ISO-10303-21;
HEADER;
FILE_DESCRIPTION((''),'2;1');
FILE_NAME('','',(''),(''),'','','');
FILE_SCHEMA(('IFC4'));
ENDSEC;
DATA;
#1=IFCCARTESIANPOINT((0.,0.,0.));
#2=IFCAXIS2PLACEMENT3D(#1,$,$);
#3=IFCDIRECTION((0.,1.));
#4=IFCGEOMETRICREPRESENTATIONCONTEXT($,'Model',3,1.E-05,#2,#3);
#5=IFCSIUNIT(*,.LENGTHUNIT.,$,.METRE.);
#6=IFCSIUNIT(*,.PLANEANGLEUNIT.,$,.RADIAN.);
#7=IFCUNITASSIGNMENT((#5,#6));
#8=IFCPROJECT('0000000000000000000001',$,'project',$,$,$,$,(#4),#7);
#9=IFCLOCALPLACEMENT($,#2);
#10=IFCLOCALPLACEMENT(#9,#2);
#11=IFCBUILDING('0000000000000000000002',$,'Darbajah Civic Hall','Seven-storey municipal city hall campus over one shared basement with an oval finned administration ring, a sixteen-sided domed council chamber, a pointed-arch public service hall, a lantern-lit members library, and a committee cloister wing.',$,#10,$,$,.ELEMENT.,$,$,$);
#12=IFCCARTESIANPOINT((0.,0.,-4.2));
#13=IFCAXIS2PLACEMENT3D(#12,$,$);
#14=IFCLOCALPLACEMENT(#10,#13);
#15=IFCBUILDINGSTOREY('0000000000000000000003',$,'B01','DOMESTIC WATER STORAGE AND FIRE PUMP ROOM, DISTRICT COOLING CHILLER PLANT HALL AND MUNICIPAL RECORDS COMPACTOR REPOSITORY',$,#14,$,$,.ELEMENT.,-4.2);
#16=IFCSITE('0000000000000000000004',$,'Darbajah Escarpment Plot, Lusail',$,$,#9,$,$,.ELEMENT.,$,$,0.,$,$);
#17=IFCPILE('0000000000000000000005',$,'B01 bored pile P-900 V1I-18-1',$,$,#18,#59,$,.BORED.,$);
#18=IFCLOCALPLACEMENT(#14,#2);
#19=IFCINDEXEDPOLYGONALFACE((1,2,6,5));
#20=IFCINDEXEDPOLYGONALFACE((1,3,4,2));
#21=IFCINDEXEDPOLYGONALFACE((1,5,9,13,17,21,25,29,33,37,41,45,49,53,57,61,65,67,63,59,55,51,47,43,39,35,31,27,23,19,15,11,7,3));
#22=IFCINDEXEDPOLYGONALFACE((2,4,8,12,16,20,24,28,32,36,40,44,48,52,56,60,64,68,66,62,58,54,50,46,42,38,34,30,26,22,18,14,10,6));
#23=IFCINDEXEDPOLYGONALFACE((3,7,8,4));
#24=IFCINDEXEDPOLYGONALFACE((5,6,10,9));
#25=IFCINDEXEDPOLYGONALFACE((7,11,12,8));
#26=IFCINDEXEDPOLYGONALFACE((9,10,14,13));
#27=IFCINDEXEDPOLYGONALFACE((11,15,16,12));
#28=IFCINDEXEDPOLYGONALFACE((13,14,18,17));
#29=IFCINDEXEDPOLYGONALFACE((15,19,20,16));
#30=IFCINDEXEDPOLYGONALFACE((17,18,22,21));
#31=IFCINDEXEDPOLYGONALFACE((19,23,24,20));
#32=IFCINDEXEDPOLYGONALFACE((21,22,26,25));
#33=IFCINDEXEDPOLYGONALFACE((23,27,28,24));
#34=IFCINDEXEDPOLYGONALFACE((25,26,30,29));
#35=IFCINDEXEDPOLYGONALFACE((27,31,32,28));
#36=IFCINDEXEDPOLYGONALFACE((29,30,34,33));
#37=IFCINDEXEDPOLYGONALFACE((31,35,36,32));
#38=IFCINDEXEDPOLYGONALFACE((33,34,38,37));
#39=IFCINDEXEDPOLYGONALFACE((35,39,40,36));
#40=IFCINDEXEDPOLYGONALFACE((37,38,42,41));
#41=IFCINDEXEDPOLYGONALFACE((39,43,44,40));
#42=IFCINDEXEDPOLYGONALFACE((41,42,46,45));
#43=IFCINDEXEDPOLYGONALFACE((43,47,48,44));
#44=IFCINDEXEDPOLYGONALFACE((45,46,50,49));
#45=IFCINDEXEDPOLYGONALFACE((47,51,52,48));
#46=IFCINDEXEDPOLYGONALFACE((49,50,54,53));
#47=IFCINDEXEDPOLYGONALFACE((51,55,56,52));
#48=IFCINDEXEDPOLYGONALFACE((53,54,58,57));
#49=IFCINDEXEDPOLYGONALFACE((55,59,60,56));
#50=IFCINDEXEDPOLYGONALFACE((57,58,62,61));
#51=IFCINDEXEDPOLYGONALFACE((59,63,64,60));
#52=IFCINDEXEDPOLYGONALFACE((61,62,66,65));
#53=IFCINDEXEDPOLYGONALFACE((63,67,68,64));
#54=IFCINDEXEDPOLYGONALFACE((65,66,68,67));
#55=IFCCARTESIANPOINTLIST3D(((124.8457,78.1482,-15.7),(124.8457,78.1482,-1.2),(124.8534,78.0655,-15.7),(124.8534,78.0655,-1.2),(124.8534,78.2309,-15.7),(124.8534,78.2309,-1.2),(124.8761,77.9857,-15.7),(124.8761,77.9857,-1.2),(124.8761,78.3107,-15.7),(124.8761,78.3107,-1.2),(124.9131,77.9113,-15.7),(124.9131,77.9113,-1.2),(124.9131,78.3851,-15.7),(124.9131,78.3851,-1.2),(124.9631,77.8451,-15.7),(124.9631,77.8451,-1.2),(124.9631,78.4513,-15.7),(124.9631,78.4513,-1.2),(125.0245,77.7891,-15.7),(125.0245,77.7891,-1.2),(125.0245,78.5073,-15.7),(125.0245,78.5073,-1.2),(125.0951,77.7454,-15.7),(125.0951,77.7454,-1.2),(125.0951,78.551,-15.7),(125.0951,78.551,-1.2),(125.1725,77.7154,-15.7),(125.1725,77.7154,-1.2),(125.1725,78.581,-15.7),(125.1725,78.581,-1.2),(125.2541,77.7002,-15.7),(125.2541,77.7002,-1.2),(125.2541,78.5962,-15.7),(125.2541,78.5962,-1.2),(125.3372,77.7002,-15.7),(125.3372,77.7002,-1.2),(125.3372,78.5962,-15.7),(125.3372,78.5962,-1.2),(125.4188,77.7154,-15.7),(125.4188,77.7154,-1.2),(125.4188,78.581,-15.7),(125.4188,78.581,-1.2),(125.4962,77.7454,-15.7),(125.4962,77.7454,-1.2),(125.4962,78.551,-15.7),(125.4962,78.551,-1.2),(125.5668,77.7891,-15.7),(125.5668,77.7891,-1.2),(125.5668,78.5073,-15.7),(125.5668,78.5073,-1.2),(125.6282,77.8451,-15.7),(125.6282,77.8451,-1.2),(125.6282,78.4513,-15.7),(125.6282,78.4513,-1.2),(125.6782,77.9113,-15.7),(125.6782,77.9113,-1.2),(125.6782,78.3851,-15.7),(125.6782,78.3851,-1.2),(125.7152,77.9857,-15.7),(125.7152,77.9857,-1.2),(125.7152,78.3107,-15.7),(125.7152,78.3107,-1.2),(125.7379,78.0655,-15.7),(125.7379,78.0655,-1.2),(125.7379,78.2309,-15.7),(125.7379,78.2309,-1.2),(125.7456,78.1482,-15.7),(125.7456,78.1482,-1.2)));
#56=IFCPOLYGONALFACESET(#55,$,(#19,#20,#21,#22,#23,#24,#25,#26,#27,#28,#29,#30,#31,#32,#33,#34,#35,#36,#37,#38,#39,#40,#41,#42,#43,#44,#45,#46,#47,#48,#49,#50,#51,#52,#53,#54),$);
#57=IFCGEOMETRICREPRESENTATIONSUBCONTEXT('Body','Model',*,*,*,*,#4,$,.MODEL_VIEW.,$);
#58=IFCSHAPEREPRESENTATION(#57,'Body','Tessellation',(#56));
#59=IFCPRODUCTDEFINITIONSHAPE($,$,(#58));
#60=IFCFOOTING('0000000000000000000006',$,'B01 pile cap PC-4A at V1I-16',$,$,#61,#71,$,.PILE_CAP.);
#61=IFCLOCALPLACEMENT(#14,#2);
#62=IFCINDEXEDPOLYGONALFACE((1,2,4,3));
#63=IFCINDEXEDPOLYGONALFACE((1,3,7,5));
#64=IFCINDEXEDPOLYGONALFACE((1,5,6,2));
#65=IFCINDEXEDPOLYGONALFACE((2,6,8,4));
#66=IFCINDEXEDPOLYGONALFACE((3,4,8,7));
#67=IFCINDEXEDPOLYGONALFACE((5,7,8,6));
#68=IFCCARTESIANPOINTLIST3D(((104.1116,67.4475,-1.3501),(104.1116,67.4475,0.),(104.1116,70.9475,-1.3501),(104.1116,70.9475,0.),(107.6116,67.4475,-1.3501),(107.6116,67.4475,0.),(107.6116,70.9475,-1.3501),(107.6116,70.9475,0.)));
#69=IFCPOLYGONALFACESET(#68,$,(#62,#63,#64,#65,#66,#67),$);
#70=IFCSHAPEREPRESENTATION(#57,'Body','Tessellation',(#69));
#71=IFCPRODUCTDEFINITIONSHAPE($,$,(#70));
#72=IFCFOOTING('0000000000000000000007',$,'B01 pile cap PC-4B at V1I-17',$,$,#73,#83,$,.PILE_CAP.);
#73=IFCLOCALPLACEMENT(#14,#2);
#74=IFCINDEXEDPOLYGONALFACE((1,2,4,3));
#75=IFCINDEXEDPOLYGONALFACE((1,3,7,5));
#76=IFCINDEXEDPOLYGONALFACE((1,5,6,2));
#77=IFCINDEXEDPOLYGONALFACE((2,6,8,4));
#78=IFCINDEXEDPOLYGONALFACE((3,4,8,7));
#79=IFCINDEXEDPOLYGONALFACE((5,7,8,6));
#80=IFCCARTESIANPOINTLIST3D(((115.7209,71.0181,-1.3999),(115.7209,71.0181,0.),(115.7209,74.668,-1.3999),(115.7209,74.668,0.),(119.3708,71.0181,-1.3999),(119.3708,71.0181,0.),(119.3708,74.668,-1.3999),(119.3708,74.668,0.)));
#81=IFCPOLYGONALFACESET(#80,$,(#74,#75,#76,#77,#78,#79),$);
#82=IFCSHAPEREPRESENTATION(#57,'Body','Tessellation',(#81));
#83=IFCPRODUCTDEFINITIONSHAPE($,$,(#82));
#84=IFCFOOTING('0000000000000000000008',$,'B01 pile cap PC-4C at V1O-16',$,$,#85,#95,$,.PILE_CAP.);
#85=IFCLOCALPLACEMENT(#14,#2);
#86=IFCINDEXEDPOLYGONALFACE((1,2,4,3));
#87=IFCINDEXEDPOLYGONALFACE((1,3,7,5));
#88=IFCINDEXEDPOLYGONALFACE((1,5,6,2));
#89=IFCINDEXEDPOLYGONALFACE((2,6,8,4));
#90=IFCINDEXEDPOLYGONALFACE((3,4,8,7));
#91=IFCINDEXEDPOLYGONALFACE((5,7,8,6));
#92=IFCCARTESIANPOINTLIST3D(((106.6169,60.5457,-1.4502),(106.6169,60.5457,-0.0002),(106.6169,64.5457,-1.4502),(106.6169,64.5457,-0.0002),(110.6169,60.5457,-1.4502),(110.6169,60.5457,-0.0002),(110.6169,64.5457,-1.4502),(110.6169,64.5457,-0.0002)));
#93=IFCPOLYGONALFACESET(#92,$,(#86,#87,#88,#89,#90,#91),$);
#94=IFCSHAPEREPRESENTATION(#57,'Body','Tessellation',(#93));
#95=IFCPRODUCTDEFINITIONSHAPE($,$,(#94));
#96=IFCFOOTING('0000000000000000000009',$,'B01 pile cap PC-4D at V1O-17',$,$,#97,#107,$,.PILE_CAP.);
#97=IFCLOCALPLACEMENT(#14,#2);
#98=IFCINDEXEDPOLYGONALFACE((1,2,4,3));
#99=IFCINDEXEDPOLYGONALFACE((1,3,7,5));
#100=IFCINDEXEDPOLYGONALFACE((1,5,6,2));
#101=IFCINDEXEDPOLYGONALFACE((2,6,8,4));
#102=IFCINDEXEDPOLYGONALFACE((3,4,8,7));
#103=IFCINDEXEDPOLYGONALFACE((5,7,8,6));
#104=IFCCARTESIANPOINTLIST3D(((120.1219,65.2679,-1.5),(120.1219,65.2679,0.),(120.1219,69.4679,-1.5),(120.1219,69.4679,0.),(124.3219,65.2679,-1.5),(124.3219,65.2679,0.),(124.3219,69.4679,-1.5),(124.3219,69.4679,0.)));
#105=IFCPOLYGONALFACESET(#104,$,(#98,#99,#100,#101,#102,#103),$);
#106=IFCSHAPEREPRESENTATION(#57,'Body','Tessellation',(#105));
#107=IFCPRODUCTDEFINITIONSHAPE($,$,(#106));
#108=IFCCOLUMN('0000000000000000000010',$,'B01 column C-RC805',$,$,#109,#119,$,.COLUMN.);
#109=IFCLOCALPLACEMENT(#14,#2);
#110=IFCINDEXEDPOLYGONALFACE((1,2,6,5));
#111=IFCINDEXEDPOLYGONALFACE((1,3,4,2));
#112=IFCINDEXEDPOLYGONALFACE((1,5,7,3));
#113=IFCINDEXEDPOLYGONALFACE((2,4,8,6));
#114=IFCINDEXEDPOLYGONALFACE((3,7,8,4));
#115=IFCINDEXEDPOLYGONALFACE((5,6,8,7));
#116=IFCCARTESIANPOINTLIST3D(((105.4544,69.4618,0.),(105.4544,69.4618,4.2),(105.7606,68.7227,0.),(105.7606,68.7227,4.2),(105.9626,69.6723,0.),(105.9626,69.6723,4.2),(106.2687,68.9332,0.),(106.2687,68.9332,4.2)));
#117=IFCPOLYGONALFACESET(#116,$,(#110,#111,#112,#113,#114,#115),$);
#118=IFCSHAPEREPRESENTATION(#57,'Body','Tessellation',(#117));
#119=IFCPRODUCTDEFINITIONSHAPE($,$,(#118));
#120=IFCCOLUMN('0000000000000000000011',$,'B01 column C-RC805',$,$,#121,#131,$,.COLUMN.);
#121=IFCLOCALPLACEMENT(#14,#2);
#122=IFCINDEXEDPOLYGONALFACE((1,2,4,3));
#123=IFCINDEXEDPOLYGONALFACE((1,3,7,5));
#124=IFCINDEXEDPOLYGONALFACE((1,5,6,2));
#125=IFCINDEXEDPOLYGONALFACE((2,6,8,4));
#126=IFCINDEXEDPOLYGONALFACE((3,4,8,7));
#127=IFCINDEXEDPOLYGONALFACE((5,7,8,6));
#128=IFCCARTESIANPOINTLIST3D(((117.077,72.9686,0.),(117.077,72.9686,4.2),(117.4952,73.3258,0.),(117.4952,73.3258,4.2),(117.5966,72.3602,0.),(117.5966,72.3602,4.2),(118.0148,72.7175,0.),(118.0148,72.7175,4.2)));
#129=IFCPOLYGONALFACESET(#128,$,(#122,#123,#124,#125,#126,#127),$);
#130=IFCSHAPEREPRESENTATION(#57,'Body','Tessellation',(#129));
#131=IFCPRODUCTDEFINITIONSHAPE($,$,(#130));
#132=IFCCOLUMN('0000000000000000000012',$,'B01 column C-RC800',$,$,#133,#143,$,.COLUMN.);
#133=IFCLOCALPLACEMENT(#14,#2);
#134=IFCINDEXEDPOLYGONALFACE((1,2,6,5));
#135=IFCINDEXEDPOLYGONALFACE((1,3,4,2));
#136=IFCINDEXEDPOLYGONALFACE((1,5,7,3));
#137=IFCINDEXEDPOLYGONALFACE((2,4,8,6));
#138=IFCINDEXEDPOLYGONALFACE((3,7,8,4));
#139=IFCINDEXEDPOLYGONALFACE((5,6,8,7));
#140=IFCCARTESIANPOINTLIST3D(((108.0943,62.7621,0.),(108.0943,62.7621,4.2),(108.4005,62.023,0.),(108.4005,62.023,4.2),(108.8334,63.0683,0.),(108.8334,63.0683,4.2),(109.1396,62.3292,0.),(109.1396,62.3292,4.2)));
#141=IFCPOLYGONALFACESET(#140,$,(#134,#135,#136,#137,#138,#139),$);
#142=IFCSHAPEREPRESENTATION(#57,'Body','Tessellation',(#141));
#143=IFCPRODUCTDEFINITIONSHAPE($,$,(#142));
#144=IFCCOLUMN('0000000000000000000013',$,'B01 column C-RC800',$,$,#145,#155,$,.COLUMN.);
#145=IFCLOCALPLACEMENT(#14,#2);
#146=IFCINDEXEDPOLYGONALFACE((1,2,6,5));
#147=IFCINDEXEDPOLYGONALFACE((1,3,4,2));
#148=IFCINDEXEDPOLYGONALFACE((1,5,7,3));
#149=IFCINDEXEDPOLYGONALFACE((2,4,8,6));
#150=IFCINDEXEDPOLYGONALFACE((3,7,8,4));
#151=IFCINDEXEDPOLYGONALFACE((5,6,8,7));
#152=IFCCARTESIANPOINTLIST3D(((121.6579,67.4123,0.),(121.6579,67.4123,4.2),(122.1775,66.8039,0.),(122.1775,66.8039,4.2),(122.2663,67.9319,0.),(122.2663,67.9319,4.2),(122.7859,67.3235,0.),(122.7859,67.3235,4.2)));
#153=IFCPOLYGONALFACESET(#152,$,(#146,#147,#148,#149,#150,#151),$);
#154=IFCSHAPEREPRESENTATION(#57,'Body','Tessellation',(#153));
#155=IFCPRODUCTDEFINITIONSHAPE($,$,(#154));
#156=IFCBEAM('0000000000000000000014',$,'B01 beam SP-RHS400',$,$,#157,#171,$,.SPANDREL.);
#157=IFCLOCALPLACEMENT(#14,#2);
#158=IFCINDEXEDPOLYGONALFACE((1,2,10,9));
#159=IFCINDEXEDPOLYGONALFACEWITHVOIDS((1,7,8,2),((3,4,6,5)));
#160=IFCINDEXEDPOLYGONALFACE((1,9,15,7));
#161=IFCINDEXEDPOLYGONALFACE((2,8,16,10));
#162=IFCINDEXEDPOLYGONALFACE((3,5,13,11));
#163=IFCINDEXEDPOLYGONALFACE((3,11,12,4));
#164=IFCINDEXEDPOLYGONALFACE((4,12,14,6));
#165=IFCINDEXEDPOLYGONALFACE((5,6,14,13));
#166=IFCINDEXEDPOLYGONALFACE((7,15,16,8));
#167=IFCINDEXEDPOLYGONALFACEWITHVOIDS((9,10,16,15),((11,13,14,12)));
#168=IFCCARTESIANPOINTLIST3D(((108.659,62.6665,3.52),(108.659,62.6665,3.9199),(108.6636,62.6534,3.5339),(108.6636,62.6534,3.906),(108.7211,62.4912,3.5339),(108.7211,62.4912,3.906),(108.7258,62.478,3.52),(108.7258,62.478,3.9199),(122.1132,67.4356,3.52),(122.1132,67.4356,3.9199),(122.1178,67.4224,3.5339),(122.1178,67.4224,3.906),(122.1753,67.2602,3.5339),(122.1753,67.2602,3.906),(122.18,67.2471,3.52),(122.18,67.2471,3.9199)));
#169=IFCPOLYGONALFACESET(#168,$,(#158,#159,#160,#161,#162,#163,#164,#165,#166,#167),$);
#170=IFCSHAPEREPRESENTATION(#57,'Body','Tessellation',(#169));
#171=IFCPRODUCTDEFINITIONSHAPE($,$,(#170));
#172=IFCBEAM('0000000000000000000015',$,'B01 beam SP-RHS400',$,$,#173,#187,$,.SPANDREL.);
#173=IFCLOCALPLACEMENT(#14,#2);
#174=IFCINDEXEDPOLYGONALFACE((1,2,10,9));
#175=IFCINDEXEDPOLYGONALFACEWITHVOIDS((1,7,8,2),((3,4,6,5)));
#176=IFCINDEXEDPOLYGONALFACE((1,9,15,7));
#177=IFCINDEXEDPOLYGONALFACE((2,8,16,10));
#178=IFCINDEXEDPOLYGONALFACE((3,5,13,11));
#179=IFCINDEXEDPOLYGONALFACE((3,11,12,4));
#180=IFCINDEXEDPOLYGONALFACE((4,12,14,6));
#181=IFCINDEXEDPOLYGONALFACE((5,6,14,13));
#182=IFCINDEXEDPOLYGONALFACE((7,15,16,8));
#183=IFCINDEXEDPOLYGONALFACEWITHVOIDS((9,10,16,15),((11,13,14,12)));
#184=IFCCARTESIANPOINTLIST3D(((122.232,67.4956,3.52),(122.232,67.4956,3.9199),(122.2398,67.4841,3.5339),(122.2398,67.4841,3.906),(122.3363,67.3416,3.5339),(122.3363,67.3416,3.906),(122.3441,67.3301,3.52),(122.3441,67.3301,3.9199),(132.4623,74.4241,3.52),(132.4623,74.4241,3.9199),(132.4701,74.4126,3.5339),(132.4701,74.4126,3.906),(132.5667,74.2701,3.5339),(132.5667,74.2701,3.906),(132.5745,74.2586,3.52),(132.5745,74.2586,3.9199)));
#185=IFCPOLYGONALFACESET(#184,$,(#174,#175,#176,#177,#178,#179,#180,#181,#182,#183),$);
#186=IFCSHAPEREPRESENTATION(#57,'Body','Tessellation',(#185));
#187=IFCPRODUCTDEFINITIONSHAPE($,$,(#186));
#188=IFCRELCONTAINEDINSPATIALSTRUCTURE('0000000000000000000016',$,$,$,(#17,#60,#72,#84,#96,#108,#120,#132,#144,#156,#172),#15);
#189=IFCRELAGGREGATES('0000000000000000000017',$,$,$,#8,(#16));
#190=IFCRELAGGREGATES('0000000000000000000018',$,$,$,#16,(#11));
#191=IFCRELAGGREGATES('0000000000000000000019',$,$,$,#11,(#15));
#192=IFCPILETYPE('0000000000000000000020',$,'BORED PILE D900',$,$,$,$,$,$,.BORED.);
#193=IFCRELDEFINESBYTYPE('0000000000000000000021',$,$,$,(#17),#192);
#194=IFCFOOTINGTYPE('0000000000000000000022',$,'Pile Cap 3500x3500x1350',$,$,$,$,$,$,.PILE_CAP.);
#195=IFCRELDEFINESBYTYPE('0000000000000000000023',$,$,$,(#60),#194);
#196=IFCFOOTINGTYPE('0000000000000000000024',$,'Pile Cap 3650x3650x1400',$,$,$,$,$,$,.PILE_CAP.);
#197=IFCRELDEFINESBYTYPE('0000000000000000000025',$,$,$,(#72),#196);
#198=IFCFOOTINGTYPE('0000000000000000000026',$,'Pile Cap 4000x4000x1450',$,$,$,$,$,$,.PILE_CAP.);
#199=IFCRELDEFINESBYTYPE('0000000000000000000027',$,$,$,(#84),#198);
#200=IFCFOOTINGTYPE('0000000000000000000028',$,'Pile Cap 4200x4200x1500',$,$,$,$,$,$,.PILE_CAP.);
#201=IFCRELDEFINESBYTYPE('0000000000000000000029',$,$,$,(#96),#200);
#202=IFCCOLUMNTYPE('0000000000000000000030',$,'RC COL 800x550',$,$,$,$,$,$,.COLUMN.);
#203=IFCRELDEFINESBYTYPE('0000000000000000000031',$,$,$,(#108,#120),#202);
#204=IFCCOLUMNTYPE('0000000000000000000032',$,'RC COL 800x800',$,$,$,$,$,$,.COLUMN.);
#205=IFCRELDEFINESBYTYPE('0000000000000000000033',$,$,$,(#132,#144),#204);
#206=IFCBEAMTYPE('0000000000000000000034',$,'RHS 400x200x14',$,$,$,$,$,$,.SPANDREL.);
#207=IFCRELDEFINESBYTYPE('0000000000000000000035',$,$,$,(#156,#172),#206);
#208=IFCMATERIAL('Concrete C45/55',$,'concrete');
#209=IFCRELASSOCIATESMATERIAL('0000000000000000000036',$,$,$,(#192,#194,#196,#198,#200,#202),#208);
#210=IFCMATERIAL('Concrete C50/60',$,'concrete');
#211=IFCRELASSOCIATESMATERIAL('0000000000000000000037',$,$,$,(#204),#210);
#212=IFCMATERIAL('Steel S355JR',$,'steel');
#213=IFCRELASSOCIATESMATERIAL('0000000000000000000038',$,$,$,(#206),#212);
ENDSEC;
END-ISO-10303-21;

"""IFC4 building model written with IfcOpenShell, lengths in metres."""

from ifc_helpers import new_model, si_unit, direction, frame, origin, origin_2d, place, context, subcontext, project, spatial, rectangle, hollow_rectangle, circle, extrude, material, material_profile, profile_set, type_object, element, save


model = new_model("IFC4")

# Units and contexts
model_context = context("Model", 3, precision=1e-05, world=origin(), true_north=direction((0.0, 1.0)))
body_context = subcontext(model_context, "Body", "Model", "MODEL_VIEW")
ifc_project = project(units=[si_unit("LENGTHUNIT", "METRE"), si_unit("PLANEANGLEUNIT", "RADIAN")], contexts=[model_context])

# Site, building, storey
site_placement = place(None, origin())
site = spatial("IfcSite", under=ifc_project, at=site_placement, Name="Darbajah Escarpment Plot, Lusail", CompositionType="ELEMENT", RefElevation=0.0)
building_placement = place(site_placement, origin())
building = spatial("IfcBuilding", under=site, at=building_placement, Name="Darbajah Civic Hall", Description="Seven-storey municipal city hall campus over one shared basement with an oval finned administration ring, a sixteen-sided domed council chamber, a pointed-arch public service hall, a lantern-lit members library, and a committee cloister wing.", CompositionType="ELEMENT")
storey_placement = place(building_placement, frame((0.0, 0.0, -4.2)))
storey = spatial("IfcBuildingStorey", under=building, at=storey_placement, Name="B01", Description="DOMESTIC WATER STORAGE AND FIRE PUMP ROOM, DISTRICT COOLING CHILLER PLANT HALL AND MUNICIPAL RECORDS COMPACTOR REPOSITORY", CompositionType="ELEMENT", Elevation=-4.2)

# Pile
ifc_material_1 = material(Name="Concrete C45/55", Category="concrete")
ifc_material_profile_1 = material_profile(ifc_material_1, circle(Radius=0.45, at=origin_2d()), Name="BORED PILE D900")
ifc_profile_set_1 = profile_set([ifc_material_profile_1], Name="Concrete C45/55")
pile_type_1 = type_object("IfcPileType", Name="BORED PILE D900", PredefinedType="BORED", material=ifc_profile_set_1)
pile_placement = place(storey_placement, frame((125.2957, 78.1482, -1.2), z_axis=(0.0, 0.0, -1.0), x_axis=(1.0, 0.0, 0.0)))
element("IfcPile", 1, at=pile_placement, inside=storey, type_object=pile_type_1, Name="B01 bored pile P-900 V1I-18-1", PredefinedType="BORED", context=body_context, shape_type="SweptSolid", body=[
    extrude(circle(Radius=0.45, at=origin_2d()), origin(), (0.0, 0.0, 1.0), 14.5),
])

# Footings
footing_type_1 = type_object("IfcFootingType", Name="Pile Cap 3500x3500x1350", PredefinedType="PILE_CAP", material=ifc_material_1)
footing_1_placement = place(storey_placement, frame((105.8616, 69.1975, -1.3501), z_axis=(0.0, 0.0, 1.0), x_axis=(1.0, 0.0, 0.0)))
element("IfcFooting", 2, at=footing_1_placement, inside=storey, type_object=footing_type_1, Name="B01 pile cap PC-4A at V1I-16", PredefinedType="PILE_CAP", context=body_context, shape_type="SweptSolid", body=[
    extrude(rectangle(XDim=3.5, YDim=3.5, at=origin_2d()), origin(), (0.0, 0.0, 1.0), 1.3501),
])
footing_type_2 = type_object("IfcFootingType", Name="Pile Cap 3650x3650x1400", PredefinedType="PILE_CAP", material=ifc_material_1)
footing_2_placement = place(storey_placement, frame((117.5459, 72.843, -1.3999), z_axis=(0.0, 0.0, 1.0), x_axis=(1.0, 0.0, 0.0)))
element("IfcFooting", 3, at=footing_2_placement, inside=storey, type_object=footing_type_2, Name="B01 pile cap PC-4B at V1I-17", PredefinedType="PILE_CAP", context=body_context, shape_type="SweptSolid", body=[
    extrude(rectangle(XDim=3.6499, YDim=3.6499, at=origin_2d()), origin(), (0.0, 0.0, 1.0), 1.3999),
])
footing_type_3 = type_object("IfcFootingType", Name="Pile Cap 4000x4000x1450", PredefinedType="PILE_CAP", material=ifc_material_1)
footing_3_placement = place(storey_placement, frame((108.6169, 62.5457, -1.4502), z_axis=(0.0, 0.0, 1.0), x_axis=(1.0, 0.0, 0.0)))
element("IfcFooting", 4, at=footing_3_placement, inside=storey, type_object=footing_type_3, Name="B01 pile cap PC-4C at V1O-16", PredefinedType="PILE_CAP", context=body_context, shape_type="SweptSolid", body=[
    extrude(rectangle(XDim=4.0, YDim=4.0, at=origin_2d()), origin(), (0.0, 0.0, 1.0), 1.45),
])
footing_type_4 = type_object("IfcFootingType", Name="Pile Cap 4200x4200x1500", PredefinedType="PILE_CAP", material=ifc_material_1)
footing_4_placement = place(storey_placement, frame((122.2219, 67.3679, -1.5), z_axis=(0.0, 0.0, 1.0), x_axis=(1.0, 0.0, 0.0)))
element("IfcFooting", 5, at=footing_4_placement, inside=storey, type_object=footing_type_4, Name="B01 pile cap PC-4D at V1O-17", PredefinedType="PILE_CAP", context=body_context, shape_type="SweptSolid", body=[
    extrude(rectangle(XDim=4.2, YDim=4.2, at=origin_2d()), origin(), (0.0, 0.0, 1.0), 1.5),
])

# Columns
ifc_material_profile_2 = material_profile(ifc_material_1, rectangle(XDim=0.8, YDim=0.55, at=origin_2d()), Name="RC COL 800x550")
ifc_profile_set_2 = profile_set([ifc_material_profile_2], Name="Concrete C45/55")
column_type_1 = type_object("IfcColumnType", Name="RC COL 800x550", PredefinedType="COLUMN", material=ifc_profile_set_2)
for number, where, z_axis, x_axis, name in (
    (6, (105.8616, 69.1975, 0.0), (0.0, 0.0, 1.0), (0.382683, -0.92388, 0.0), "B01 column C-RC805"),
    (7, (117.5459, 72.843, 0.0), (0.0, 0.0, 1.0), (0.649448, -0.760406, 0.0), "B01 column C-RC805"),
):
    element("IfcColumn", number, at=place(storey_placement, frame(where, z_axis=z_axis, x_axis=x_axis)), inside=storey, type_object=column_type_1, Name=name, PredefinedType="COLUMN", context=body_context, shape_type="SweptSolid", body=[
        extrude(rectangle(XDim=0.8, YDim=0.55, at=origin_2d()), origin(), (0.0, 0.0, 1.0), 4.2),
    ])
ifc_material_2 = material(Name="Concrete C50/60", Category="concrete")
ifc_material_profile_3 = material_profile(ifc_material_2, rectangle(XDim=0.8, YDim=0.8, at=origin_2d()), Name="RC COL 800x800")
ifc_profile_set_3 = profile_set([ifc_material_profile_3], Name="Concrete C50/60")
column_type_2 = type_object("IfcColumnType", Name="RC COL 800x800", PredefinedType="COLUMN", material=ifc_profile_set_3)
for number, where, z_axis, x_axis, name in (
    (8, (108.6169, 62.5457, 0.0), (0.0, 0.0, 1.0), (0.382683, -0.92388, 0.0), "B01 column C-RC800"),
    (9, (122.2219, 67.3679, 0.0), (0.0, 0.0, 1.0), (0.649448, -0.760406, 0.0), "B01 column C-RC800"),
):
    element("IfcColumn", number, at=place(storey_placement, frame(where, z_axis=z_axis, x_axis=x_axis)), inside=storey, type_object=column_type_2, Name=name, PredefinedType="COLUMN", context=body_context, shape_type="SweptSolid", body=[
        extrude(rectangle(XDim=0.8, YDim=0.8, at=origin_2d()), origin(), (0.0, 0.0, 1.0), 4.2),
    ])

# Beams
ifc_material_3 = material(Name="Steel S355JR", Category="steel")
ifc_material_profile_4 = material_profile(ifc_material_3, hollow_rectangle(XDim=0.2, YDim=0.3999, WallThickness=0.0139, at=origin_2d()), Name="RHS 400x200x14")
ifc_profile_set_4 = profile_set([ifc_material_profile_4], Name="Steel S355JR")
beam_type_1 = type_object("IfcBeamType", Name="RHS 400x200x14", PredefinedType="SPANDREL", material=ifc_profile_set_4)
beam_1_placement = place(storey_placement, frame((108.6924, 62.5723, 3.72), z_axis=(0.942538, 0.334099, 0.0), x_axis=(-0.334099, 0.942538, 0.0)))
element("IfcBeam", 10, at=beam_1_placement, inside=storey, type_object=beam_type_1, Name="B01 beam SP-RHS400", PredefinedType="SPANDREL", context=body_context, shape_type="SweptSolid", body=[
    extrude(hollow_rectangle(XDim=0.2, YDim=0.3999, WallThickness=0.0139, at=origin_2d()), origin(), (0.0, 0.0, 1.0), 14.2744),
])
beam_2_placement = place(storey_placement, frame((122.2881, 67.4128, 3.72), z_axis=(0.827982, 0.560755, 0.0), x_axis=(-0.560755, 0.827982, 0.0)))
element("IfcBeam", 11, at=beam_2_placement, inside=storey, type_object=beam_type_1, Name="B01 beam SP-RHS400", PredefinedType="SPANDREL", context=body_context, shape_type="SweptSolid", body=[
    extrude(hollow_rectangle(XDim=0.2, YDim=0.3999, WallThickness=0.0139, at=origin_2d()), origin(), (0.0, 0.0, 1.0), 12.3557),
])

save(model, "model.ifc")
